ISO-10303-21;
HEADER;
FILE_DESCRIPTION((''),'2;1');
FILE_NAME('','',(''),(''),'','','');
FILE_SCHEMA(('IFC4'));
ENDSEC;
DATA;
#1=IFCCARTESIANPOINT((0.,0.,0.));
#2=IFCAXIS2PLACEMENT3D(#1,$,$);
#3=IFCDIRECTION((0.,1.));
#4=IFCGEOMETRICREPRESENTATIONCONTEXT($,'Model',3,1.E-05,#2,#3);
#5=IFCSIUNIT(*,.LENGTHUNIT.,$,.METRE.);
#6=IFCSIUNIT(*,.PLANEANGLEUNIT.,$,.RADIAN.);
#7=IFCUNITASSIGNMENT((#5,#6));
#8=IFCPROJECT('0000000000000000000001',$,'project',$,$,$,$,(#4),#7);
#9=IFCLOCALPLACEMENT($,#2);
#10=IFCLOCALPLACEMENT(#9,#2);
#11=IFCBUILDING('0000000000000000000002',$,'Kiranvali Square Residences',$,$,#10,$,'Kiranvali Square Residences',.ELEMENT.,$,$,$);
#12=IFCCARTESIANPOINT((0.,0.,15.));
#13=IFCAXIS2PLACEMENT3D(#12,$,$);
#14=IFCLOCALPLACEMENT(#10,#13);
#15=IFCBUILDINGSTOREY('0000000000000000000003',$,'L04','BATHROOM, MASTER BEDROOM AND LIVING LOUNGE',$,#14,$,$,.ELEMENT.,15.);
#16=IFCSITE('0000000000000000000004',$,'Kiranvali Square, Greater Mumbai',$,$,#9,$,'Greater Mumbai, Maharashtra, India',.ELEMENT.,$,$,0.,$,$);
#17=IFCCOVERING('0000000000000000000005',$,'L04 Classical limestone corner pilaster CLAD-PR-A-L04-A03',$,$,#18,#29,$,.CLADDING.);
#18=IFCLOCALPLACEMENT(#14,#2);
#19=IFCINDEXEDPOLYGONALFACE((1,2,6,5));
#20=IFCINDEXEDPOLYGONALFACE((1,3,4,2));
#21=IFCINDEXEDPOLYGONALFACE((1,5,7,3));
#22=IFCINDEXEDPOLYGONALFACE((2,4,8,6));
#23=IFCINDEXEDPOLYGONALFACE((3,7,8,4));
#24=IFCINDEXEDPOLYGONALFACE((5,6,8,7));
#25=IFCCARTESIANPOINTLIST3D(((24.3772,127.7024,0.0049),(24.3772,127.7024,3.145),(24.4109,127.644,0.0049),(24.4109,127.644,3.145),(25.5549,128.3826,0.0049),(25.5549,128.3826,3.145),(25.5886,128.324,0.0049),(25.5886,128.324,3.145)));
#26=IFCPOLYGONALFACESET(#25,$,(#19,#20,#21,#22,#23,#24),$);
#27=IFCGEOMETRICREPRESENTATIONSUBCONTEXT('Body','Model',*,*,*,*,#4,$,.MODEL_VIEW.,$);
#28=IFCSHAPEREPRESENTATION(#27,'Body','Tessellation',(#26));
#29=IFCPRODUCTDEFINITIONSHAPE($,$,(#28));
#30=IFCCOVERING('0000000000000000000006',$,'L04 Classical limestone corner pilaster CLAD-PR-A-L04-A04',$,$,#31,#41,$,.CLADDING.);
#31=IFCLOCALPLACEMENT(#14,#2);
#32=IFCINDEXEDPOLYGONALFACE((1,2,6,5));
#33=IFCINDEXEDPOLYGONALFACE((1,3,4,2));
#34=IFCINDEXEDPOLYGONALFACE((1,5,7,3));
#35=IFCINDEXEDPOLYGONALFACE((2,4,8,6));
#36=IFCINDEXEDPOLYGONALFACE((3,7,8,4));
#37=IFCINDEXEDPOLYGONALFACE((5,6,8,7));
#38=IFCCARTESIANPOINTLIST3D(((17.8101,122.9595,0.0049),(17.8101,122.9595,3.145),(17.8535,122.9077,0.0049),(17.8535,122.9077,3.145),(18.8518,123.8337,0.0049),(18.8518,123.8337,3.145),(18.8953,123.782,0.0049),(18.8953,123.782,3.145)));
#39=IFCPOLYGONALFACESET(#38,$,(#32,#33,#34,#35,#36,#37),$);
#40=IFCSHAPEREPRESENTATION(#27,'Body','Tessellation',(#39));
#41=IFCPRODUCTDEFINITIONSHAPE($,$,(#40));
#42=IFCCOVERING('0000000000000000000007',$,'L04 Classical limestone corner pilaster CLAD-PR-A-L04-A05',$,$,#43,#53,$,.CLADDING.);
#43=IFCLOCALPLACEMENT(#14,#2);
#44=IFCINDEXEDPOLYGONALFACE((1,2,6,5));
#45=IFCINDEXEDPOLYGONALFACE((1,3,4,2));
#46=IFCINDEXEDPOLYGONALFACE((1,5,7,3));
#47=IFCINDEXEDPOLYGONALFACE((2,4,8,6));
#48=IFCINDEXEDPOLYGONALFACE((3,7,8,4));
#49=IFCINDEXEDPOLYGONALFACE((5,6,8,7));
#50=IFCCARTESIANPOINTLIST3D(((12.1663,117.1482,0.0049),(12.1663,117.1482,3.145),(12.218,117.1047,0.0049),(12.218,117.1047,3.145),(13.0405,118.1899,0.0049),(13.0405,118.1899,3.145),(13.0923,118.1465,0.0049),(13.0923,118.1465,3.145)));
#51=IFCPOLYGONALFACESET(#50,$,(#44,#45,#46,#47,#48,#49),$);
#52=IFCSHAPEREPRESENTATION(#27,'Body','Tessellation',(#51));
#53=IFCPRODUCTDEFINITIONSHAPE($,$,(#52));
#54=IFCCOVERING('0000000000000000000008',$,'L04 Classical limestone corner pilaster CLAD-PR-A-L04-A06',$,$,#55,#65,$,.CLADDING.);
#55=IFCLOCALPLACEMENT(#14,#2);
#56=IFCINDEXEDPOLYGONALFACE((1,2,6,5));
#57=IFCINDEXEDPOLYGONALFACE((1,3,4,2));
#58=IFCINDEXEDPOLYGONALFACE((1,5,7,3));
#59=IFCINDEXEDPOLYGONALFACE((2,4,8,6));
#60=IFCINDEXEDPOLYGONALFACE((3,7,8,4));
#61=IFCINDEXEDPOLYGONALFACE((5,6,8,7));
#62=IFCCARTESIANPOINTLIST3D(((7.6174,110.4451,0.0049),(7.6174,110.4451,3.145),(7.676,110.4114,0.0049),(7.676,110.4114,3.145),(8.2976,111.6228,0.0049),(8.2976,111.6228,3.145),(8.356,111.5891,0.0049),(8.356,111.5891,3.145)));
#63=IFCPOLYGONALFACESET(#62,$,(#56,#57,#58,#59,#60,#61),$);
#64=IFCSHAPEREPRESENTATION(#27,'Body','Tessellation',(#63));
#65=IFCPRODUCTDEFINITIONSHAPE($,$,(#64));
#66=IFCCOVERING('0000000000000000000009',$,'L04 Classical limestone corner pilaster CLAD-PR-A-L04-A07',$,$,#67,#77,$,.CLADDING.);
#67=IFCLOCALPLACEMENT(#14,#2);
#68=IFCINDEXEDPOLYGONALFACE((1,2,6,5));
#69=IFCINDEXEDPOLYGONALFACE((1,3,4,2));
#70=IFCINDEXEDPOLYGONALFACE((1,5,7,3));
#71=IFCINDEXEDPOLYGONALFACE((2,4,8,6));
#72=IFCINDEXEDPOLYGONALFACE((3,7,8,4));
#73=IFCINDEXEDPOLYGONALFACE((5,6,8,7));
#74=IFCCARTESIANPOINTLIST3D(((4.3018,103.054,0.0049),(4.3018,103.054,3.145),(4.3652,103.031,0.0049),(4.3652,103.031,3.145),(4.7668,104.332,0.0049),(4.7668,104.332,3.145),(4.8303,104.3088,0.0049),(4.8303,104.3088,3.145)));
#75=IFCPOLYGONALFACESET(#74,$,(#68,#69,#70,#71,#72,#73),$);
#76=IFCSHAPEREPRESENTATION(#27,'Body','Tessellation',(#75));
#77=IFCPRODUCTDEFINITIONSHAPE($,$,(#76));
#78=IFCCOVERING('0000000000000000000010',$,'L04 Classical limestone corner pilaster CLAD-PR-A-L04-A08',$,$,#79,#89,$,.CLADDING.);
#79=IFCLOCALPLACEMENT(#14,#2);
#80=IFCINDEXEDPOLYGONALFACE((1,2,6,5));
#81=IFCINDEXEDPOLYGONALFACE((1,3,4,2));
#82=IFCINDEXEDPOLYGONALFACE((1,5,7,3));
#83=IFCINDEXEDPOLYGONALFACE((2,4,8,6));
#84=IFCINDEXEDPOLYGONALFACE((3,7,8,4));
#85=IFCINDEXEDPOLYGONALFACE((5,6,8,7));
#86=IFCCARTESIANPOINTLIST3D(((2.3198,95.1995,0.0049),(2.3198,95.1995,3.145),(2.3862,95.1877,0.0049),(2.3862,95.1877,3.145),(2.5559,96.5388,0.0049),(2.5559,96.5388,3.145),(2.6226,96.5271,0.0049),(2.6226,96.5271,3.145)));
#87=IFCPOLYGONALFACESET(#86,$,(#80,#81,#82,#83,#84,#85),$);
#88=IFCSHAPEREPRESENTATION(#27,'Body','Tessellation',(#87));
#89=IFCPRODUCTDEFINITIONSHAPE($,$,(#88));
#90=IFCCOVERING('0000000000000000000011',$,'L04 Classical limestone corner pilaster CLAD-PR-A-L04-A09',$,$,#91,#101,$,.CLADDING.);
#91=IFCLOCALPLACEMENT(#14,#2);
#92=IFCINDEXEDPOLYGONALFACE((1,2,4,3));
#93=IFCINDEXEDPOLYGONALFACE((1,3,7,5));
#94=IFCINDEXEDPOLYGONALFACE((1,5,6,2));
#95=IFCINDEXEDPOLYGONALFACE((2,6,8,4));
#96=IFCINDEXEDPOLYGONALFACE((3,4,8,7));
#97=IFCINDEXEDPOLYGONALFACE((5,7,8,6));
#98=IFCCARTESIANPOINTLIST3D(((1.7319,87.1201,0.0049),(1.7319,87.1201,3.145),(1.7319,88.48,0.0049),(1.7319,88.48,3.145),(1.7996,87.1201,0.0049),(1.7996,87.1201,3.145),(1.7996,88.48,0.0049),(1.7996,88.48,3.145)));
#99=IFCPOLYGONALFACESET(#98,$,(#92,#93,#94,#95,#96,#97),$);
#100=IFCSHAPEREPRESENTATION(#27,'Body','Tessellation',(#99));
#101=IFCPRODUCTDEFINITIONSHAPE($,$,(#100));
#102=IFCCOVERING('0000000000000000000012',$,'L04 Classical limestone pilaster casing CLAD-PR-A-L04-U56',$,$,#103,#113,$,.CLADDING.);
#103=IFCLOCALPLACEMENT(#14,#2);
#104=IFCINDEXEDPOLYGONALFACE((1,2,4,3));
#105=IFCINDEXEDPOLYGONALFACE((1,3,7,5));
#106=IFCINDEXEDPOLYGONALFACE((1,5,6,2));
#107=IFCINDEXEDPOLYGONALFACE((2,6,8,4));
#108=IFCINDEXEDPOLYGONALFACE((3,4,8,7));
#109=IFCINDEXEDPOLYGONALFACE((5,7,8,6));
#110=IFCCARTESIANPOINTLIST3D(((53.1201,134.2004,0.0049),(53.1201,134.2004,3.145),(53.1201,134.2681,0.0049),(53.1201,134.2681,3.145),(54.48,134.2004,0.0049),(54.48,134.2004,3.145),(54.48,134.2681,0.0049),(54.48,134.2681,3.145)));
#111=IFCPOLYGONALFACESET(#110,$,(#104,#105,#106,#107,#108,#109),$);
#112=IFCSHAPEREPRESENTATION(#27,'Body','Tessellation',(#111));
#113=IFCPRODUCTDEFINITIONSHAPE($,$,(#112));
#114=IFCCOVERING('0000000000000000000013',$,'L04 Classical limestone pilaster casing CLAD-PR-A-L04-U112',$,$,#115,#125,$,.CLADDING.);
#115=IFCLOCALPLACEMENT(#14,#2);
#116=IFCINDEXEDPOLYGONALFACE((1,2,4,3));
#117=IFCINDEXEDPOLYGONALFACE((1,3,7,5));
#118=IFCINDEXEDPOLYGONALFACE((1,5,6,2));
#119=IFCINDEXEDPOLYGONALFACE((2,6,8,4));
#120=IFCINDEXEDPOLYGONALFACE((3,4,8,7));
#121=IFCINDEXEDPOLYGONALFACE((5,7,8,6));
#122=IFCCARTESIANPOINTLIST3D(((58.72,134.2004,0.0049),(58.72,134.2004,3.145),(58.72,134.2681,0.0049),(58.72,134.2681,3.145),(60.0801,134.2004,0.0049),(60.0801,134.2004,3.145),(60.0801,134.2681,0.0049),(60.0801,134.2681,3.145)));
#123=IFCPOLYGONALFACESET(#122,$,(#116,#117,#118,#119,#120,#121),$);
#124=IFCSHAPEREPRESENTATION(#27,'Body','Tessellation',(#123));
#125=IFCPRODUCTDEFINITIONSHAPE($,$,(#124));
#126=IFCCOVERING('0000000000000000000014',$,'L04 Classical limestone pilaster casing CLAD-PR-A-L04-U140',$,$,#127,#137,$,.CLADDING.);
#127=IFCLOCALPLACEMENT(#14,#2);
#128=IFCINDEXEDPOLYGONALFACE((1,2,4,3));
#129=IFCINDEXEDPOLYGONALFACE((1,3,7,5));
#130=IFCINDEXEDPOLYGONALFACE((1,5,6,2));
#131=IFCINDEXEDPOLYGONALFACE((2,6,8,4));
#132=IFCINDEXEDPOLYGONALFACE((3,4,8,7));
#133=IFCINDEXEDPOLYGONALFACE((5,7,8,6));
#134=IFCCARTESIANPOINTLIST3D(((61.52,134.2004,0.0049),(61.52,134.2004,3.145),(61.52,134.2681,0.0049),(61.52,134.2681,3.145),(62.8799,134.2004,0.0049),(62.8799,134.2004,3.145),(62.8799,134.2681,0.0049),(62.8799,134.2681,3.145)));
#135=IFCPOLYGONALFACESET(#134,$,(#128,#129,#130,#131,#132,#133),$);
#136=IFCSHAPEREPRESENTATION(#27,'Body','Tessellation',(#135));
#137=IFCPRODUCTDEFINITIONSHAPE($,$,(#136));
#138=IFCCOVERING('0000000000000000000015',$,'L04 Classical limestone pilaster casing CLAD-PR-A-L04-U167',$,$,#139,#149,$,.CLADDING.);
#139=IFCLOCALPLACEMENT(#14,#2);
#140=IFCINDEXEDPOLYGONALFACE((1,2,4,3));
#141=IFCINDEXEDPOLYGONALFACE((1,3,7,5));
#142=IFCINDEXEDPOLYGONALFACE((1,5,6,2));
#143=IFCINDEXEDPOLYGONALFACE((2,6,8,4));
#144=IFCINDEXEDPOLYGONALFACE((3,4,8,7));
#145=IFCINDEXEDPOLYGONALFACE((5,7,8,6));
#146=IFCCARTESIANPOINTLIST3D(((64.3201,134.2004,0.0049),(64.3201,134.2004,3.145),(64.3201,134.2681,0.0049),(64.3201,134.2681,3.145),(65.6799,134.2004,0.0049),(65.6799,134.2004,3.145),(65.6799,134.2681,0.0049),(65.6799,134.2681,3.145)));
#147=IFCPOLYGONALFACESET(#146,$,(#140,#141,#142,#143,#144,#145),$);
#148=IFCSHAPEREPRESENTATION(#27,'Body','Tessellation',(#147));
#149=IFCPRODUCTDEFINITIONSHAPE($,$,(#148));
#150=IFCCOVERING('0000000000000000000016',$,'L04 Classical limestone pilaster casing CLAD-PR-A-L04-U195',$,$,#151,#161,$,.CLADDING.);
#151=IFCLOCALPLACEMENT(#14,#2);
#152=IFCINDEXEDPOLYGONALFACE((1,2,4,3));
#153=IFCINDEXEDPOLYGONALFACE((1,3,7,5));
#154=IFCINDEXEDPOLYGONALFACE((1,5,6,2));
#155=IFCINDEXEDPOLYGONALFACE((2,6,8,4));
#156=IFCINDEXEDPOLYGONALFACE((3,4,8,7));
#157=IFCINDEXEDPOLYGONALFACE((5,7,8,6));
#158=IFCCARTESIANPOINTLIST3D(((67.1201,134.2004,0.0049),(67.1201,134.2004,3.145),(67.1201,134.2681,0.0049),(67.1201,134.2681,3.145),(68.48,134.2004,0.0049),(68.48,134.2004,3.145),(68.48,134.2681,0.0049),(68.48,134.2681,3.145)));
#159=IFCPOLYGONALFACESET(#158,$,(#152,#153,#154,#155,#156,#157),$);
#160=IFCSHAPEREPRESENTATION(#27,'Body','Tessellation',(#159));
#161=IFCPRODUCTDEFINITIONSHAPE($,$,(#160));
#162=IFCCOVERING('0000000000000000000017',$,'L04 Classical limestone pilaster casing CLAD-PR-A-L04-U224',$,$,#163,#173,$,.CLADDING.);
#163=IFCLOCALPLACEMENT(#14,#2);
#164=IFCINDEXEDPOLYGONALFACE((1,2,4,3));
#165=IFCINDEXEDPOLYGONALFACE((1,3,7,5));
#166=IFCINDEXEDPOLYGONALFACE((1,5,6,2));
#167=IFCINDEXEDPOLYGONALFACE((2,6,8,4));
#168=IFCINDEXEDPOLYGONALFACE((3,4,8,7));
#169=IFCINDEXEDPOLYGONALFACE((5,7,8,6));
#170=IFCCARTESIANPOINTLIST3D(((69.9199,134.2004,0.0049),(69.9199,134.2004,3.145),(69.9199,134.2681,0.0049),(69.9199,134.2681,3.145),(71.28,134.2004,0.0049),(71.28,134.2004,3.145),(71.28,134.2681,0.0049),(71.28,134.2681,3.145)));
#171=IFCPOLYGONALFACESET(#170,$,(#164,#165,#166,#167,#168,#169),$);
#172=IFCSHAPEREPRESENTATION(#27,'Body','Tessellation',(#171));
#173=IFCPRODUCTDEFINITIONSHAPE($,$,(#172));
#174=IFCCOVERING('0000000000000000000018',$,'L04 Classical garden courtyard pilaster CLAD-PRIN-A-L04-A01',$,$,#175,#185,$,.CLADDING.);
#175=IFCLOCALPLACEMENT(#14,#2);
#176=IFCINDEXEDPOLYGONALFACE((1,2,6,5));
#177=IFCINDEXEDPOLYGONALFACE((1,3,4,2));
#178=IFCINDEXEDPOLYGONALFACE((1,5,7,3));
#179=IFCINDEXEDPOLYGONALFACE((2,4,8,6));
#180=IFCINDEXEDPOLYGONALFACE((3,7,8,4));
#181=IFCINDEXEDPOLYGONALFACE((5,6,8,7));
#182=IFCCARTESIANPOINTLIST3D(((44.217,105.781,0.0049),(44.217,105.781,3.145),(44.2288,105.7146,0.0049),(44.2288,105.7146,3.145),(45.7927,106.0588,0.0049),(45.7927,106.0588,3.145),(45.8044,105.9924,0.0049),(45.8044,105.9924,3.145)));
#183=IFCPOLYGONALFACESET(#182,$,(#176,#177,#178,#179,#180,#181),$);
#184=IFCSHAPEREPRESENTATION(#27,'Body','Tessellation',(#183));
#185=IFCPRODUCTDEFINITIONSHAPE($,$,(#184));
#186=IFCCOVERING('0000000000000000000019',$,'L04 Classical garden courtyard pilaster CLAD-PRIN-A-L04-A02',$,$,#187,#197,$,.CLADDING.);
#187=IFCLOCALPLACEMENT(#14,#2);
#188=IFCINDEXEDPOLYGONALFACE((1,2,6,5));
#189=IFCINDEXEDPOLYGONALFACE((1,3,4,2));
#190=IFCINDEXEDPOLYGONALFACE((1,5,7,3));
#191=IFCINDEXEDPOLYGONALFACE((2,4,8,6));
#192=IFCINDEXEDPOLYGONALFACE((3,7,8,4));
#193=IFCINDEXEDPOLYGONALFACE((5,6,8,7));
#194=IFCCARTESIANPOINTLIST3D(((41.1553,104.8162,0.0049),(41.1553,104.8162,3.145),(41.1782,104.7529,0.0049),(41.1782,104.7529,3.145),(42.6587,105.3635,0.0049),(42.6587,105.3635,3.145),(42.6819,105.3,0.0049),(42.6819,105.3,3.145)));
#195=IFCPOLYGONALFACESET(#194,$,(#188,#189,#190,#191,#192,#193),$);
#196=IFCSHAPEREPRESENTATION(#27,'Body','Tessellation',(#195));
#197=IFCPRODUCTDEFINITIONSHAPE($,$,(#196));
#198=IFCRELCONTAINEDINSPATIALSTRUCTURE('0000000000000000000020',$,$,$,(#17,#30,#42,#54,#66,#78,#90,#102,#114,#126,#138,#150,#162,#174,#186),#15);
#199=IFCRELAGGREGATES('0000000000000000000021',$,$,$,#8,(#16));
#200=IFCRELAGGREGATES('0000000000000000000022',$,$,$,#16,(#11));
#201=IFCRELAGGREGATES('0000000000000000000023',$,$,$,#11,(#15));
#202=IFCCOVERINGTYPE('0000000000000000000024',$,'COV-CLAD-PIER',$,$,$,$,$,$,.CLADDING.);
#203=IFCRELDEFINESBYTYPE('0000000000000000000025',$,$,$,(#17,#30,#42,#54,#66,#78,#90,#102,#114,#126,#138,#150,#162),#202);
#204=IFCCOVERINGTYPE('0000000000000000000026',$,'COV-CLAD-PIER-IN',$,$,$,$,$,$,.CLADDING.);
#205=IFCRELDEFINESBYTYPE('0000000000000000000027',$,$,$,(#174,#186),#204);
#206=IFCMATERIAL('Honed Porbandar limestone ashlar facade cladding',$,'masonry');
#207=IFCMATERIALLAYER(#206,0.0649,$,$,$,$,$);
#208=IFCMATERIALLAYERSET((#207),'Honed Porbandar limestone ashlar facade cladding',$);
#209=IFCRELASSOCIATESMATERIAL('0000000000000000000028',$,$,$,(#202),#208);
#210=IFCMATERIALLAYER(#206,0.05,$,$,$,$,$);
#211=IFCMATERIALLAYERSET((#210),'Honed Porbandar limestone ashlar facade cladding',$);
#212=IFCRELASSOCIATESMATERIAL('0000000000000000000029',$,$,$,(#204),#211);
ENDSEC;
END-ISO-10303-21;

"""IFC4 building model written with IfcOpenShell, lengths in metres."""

from ifc_helpers import new_model, si_unit, direction, frame, origin, place, context, subcontext, project, spatial, polyline, outline, extrude, material, layer, layer_set, type_object, element, save


model = new_model("IFC4")

# Units and contexts
model_context = context("Model", 3, precision=1e-05, world=origin(), true_north=direction((0.0, 1.0)))
body_context = subcontext(model_context, "Body", "Model", "MODEL_VIEW")
ifc_project = project(units=[si_unit("LENGTHUNIT", "METRE"), si_unit("PLANEANGLEUNIT", "RADIAN")], contexts=[model_context])

# Site, building, storey
site_placement = place(None, origin())
site = spatial("IfcSite", under=ifc_project, at=site_placement, Name="Kiranvali Square, Greater Mumbai", LongName="Greater Mumbai, Maharashtra, India", CompositionType="ELEMENT", RefElevation=0.0)
building_placement = place(site_placement, origin())
building = spatial("IfcBuilding", under=site, at=building_placement, Name="Kiranvali Square Residences", LongName="Kiranvali Square Residences", CompositionType="ELEMENT")
storey_placement = place(building_placement, frame((0.0, 0.0, 15.0)))
storey = spatial("IfcBuildingStorey", under=building, at=storey_placement, Name="L04", Description="BATHROOM, MASTER BEDROOM AND LIVING LOUNGE", CompositionType="ELEMENT", Elevation=15.0)

# Coverings
ifc_material = material(Name="Honed Porbandar limestone ashlar facade cladding", Category="masonry")
ifc_layer_1 = layer(ifc_material, 0.0649)
ifc_layer_set_1 = layer_set([ifc_layer_1], Name="Honed Porbandar limestone ashlar facade cladding")
covering_type_1 = type_object("IfcCoveringType", Name="COV-CLAD-PIER", PredefinedType="CLADDING", material=ifc_layer_set_1)
covering_1_placement = place(storey_placement, frame((0.0, 0.0, 0.0049)))
element("IfcCovering", 1, at=covering_1_placement, inside=storey, type_object=covering_type_1, Name="L04 Classical limestone corner pilaster CLAD-PR-A-L04-A03", PredefinedType="CLADDING", context=body_context, shape_type="SweptSolid", body=[
    extrude(outline(polyline([(25.5549, 128.3826), (24.3772, 127.7024), (24.4109, 127.644), (25.5886, 128.324), (25.5549, 128.3826)])), origin(), (0.0, 0.0, 1.0), 3.1401),
])
covering_2_placement = place(storey_placement, frame((0.0, 0.0, 0.0049)))
element("IfcCovering", 2, at=covering_2_placement, inside=storey, type_object=covering_type_1, Name="L04 Classical limestone corner pilaster CLAD-PR-A-L04-A04", PredefinedType="CLADDING", context=body_context, shape_type="SweptSolid", body=[
    extrude(outline(polyline([(18.8518, 123.8337), (17.8101, 122.9595), (17.8535, 122.9077), (18.8953, 123.782), (18.8518, 123.8337)])), origin(), (0.0, 0.0, 1.0), 3.1401),
])
covering_3_placement = place(storey_placement, frame((0.0, 0.0, 0.0049)))
element("IfcCovering", 3, at=covering_3_placement, inside=storey, type_object=covering_type_1, Name="L04 Classical limestone corner pilaster CLAD-PR-A-L04-A05", PredefinedType="CLADDING", context=body_context, shape_type="SweptSolid", body=[
    extrude(outline(polyline([(13.0405, 118.1899), (12.1663, 117.1482), (12.218, 117.1047), (13.0923, 118.1465), (13.0405, 118.1899)])), origin(), (0.0, 0.0, 1.0), 3.1401),
])
covering_4_placement = place(storey_placement, frame((0.0, 0.0, 0.0049)))
element("IfcCovering", 4, at=covering_4_placement, inside=storey, type_object=covering_type_1, Name="L04 Classical limestone corner pilaster CLAD-PR-A-L04-A06", PredefinedType="CLADDING", context=body_context, shape_type="SweptSolid", body=[
    extrude(outline(polyline([(8.2976, 111.6228), (7.6174, 110.4451), (7.676, 110.4114), (8.356, 111.5891), (8.2976, 111.6228)])), origin(), (0.0, 0.0, 1.0), 3.1401),
])
covering_5_placement = place(storey_placement, frame((0.0, 0.0, 0.0049)))
element("IfcCovering", 5, at=covering_5_placement, inside=storey, type_object=covering_type_1, Name="L04 Classical limestone corner pilaster CLAD-PR-A-L04-A07", PredefinedType="CLADDING", context=body_context, shape_type="SweptSolid", body=[
    extrude(outline(polyline([(4.7668, 104.332), (4.3018, 103.054), (4.3652, 103.031), (4.8303, 104.3088), (4.7668, 104.332)])), origin(), (0.0, 0.0, 1.0), 3.1401),
])
covering_6_placement = place(storey_placement, frame((0.0, 0.0, 0.0049)))
element("IfcCovering", 6, at=covering_6_placement, inside=storey, type_object=covering_type_1, Name="L04 Classical limestone corner pilaster CLAD-PR-A-L04-A08", PredefinedType="CLADDING", context=body_context, shape_type="SweptSolid", body=[
    extrude(outline(polyline([(2.5559, 96.5388), (2.3198, 95.1995), (2.3862, 95.1877), (2.6226, 96.5271), (2.5559, 96.5388)])), origin(), (0.0, 0.0, 1.0), 3.1401),
])
covering_7_placement = place(storey_placement, frame((0.0, 0.0, 0.0049)))
element("IfcCovering", 7, at=covering_7_placement, inside=storey, type_object=covering_type_1, Name="L04 Classical limestone corner pilaster CLAD-PR-A-L04-A09", PredefinedType="CLADDING", context=body_context, shape_type="SweptSolid", body=[
    extrude(outline(polyline([(1.7319, 88.48), (1.7319, 87.1201), (1.7996, 87.1201), (1.7996, 88.48), (1.7319, 88.48)])), origin(), (0.0, 0.0, 1.0), 3.1401),
])
covering_8_placement = place(storey_placement, frame((0.0, 0.0, 0.0049)))
element("IfcCovering", 8, at=covering_8_placement, inside=storey, type_object=covering_type_1, Name="L04 Classical limestone pilaster casing CLAD-PR-A-L04-U56", PredefinedType="CLADDING", context=body_context, shape_type="SweptSolid", body=[
    extrude(outline(polyline([(53.1201, 134.2004), (54.48, 134.2004), (54.48, 134.2681), (53.1201, 134.2681), (53.1201, 134.2004)])), origin(), (0.0, 0.0, 1.0), 3.1401),
])
covering_9_placement = place(storey_placement, frame((0.0, 0.0, 0.0049)))
element("IfcCovering", 9, at=covering_9_placement, inside=storey, type_object=covering_type_1, Name="L04 Classical limestone pilaster casing CLAD-PR-A-L04-U112", PredefinedType="CLADDING", context=body_context, shape_type="SweptSolid", body=[
    extrude(outline(polyline([(58.72, 134.2004), (60.0801, 134.2004), (60.0801, 134.2681), (58.72, 134.2681), (58.72, 134.2004)])), origin(), (0.0, 0.0, 1.0), 3.1401),
])
covering_10_placement = place(storey_placement, frame((0.0, 0.0, 0.0049)))
element("IfcCovering", 10, at=covering_10_placement, inside=storey, type_object=covering_type_1, Name="L04 Classical limestone pilaster casing CLAD-PR-A-L04-U140", PredefinedType="CLADDING", context=body_context, shape_type="SweptSolid", body=[
    extrude(outline(polyline([(61.52, 134.2004), (62.8799, 134.2004), (62.8799, 134.2681), (61.52, 134.2681), (61.52, 134.2004)])), origin(), (0.0, 0.0, 1.0), 3.1401),
])
covering_11_placement = place(storey_placement, frame((0.0, 0.0, 0.0049)))
element("IfcCovering", 11, at=covering_11_placement, inside=storey, type_object=covering_type_1, Name="L04 Classical limestone pilaster casing CLAD-PR-A-L04-U167", PredefinedType="CLADDING", context=body_context, shape_type="SweptSolid", body=[
    extrude(outline(polyline([(64.3201, 134.2004), (65.6799, 134.2004), (65.6799, 134.2681), (64.3201, 134.2681), (64.3201, 134.2004)])), origin(), (0.0, 0.0, 1.0), 3.1401),
])
covering_12_placement = place(storey_placement, frame((0.0, 0.0, 0.0049)))
element("IfcCovering", 12, at=covering_12_placement, inside=storey, type_object=covering_type_1, Name="L04 Classical limestone pilaster casing CLAD-PR-A-L04-U195", PredefinedType="CLADDING", context=body_context, shape_type="SweptSolid", body=[
    extrude(outline(polyline([(67.1201, 134.2004), (68.48, 134.2004), (68.48, 134.2681), (67.1201, 134.2681), (67.1201, 134.2004)])), origin(), (0.0, 0.0, 1.0), 3.1401),
])
covering_13_placement = place(storey_placement, frame((0.0, 0.0, 0.0049)))
element("IfcCovering", 13, at=covering_13_placement, inside=storey, type_object=covering_type_1, Name="L04 Classical limestone pilaster casing CLAD-PR-A-L04-U224", PredefinedType="CLADDING", context=body_context, shape_type="SweptSolid", body=[
    extrude(outline(polyline([(69.9199, 134.2004), (71.28, 134.2004), (71.28, 134.2681), (69.9199, 134.2681), (69.9199, 134.2004)])), origin(), (0.0, 0.0, 1.0), 3.1401),
])
ifc_layer_2 = layer(ifc_material, 0.05)
ifc_layer_set_2 = layer_set([ifc_layer_2], Name="Honed Porbandar limestone ashlar facade cladding")
covering_type_2 = type_object("IfcCoveringType", Name="COV-CLAD-PIER-IN", PredefinedType="CLADDING", material=ifc_layer_set_2)
covering_14_placement = place(storey_placement, frame((0.0, 0.0, 0.0049)))
element("IfcCovering", 14, at=covering_14_placement, inside=storey, type_object=covering_type_2, Name="L04 Classical garden courtyard pilaster CLAD-PRIN-A-L04-A01", PredefinedType="CLADDING", context=body_context, shape_type="SweptSolid", body=[
    extrude(outline(polyline([(44.2288, 105.7146), (45.8044, 105.9924), (45.7927, 106.0588), (44.217, 105.781), (44.2288, 105.7146)])), origin(), (0.0, 0.0, 1.0), 3.1401),
])
covering_15_placement = place(storey_placement, frame((0.0, 0.0, 0.0049)))
element("IfcCovering", 15, at=covering_15_placement, inside=storey, type_object=covering_type_2, Name="L04 Classical garden courtyard pilaster CLAD-PRIN-A-L04-A02", PredefinedType="CLADDING", context=body_context, shape_type="SweptSolid", body=[
    extrude(outline(polyline([(41.1782, 104.7529), (42.6819, 105.3), (42.6587, 105.3635), (41.1553, 104.8162), (41.1782, 104.7529)])), origin(), (0.0, 0.0, 1.0), 3.1401),
])

save(model, "model.ifc")
